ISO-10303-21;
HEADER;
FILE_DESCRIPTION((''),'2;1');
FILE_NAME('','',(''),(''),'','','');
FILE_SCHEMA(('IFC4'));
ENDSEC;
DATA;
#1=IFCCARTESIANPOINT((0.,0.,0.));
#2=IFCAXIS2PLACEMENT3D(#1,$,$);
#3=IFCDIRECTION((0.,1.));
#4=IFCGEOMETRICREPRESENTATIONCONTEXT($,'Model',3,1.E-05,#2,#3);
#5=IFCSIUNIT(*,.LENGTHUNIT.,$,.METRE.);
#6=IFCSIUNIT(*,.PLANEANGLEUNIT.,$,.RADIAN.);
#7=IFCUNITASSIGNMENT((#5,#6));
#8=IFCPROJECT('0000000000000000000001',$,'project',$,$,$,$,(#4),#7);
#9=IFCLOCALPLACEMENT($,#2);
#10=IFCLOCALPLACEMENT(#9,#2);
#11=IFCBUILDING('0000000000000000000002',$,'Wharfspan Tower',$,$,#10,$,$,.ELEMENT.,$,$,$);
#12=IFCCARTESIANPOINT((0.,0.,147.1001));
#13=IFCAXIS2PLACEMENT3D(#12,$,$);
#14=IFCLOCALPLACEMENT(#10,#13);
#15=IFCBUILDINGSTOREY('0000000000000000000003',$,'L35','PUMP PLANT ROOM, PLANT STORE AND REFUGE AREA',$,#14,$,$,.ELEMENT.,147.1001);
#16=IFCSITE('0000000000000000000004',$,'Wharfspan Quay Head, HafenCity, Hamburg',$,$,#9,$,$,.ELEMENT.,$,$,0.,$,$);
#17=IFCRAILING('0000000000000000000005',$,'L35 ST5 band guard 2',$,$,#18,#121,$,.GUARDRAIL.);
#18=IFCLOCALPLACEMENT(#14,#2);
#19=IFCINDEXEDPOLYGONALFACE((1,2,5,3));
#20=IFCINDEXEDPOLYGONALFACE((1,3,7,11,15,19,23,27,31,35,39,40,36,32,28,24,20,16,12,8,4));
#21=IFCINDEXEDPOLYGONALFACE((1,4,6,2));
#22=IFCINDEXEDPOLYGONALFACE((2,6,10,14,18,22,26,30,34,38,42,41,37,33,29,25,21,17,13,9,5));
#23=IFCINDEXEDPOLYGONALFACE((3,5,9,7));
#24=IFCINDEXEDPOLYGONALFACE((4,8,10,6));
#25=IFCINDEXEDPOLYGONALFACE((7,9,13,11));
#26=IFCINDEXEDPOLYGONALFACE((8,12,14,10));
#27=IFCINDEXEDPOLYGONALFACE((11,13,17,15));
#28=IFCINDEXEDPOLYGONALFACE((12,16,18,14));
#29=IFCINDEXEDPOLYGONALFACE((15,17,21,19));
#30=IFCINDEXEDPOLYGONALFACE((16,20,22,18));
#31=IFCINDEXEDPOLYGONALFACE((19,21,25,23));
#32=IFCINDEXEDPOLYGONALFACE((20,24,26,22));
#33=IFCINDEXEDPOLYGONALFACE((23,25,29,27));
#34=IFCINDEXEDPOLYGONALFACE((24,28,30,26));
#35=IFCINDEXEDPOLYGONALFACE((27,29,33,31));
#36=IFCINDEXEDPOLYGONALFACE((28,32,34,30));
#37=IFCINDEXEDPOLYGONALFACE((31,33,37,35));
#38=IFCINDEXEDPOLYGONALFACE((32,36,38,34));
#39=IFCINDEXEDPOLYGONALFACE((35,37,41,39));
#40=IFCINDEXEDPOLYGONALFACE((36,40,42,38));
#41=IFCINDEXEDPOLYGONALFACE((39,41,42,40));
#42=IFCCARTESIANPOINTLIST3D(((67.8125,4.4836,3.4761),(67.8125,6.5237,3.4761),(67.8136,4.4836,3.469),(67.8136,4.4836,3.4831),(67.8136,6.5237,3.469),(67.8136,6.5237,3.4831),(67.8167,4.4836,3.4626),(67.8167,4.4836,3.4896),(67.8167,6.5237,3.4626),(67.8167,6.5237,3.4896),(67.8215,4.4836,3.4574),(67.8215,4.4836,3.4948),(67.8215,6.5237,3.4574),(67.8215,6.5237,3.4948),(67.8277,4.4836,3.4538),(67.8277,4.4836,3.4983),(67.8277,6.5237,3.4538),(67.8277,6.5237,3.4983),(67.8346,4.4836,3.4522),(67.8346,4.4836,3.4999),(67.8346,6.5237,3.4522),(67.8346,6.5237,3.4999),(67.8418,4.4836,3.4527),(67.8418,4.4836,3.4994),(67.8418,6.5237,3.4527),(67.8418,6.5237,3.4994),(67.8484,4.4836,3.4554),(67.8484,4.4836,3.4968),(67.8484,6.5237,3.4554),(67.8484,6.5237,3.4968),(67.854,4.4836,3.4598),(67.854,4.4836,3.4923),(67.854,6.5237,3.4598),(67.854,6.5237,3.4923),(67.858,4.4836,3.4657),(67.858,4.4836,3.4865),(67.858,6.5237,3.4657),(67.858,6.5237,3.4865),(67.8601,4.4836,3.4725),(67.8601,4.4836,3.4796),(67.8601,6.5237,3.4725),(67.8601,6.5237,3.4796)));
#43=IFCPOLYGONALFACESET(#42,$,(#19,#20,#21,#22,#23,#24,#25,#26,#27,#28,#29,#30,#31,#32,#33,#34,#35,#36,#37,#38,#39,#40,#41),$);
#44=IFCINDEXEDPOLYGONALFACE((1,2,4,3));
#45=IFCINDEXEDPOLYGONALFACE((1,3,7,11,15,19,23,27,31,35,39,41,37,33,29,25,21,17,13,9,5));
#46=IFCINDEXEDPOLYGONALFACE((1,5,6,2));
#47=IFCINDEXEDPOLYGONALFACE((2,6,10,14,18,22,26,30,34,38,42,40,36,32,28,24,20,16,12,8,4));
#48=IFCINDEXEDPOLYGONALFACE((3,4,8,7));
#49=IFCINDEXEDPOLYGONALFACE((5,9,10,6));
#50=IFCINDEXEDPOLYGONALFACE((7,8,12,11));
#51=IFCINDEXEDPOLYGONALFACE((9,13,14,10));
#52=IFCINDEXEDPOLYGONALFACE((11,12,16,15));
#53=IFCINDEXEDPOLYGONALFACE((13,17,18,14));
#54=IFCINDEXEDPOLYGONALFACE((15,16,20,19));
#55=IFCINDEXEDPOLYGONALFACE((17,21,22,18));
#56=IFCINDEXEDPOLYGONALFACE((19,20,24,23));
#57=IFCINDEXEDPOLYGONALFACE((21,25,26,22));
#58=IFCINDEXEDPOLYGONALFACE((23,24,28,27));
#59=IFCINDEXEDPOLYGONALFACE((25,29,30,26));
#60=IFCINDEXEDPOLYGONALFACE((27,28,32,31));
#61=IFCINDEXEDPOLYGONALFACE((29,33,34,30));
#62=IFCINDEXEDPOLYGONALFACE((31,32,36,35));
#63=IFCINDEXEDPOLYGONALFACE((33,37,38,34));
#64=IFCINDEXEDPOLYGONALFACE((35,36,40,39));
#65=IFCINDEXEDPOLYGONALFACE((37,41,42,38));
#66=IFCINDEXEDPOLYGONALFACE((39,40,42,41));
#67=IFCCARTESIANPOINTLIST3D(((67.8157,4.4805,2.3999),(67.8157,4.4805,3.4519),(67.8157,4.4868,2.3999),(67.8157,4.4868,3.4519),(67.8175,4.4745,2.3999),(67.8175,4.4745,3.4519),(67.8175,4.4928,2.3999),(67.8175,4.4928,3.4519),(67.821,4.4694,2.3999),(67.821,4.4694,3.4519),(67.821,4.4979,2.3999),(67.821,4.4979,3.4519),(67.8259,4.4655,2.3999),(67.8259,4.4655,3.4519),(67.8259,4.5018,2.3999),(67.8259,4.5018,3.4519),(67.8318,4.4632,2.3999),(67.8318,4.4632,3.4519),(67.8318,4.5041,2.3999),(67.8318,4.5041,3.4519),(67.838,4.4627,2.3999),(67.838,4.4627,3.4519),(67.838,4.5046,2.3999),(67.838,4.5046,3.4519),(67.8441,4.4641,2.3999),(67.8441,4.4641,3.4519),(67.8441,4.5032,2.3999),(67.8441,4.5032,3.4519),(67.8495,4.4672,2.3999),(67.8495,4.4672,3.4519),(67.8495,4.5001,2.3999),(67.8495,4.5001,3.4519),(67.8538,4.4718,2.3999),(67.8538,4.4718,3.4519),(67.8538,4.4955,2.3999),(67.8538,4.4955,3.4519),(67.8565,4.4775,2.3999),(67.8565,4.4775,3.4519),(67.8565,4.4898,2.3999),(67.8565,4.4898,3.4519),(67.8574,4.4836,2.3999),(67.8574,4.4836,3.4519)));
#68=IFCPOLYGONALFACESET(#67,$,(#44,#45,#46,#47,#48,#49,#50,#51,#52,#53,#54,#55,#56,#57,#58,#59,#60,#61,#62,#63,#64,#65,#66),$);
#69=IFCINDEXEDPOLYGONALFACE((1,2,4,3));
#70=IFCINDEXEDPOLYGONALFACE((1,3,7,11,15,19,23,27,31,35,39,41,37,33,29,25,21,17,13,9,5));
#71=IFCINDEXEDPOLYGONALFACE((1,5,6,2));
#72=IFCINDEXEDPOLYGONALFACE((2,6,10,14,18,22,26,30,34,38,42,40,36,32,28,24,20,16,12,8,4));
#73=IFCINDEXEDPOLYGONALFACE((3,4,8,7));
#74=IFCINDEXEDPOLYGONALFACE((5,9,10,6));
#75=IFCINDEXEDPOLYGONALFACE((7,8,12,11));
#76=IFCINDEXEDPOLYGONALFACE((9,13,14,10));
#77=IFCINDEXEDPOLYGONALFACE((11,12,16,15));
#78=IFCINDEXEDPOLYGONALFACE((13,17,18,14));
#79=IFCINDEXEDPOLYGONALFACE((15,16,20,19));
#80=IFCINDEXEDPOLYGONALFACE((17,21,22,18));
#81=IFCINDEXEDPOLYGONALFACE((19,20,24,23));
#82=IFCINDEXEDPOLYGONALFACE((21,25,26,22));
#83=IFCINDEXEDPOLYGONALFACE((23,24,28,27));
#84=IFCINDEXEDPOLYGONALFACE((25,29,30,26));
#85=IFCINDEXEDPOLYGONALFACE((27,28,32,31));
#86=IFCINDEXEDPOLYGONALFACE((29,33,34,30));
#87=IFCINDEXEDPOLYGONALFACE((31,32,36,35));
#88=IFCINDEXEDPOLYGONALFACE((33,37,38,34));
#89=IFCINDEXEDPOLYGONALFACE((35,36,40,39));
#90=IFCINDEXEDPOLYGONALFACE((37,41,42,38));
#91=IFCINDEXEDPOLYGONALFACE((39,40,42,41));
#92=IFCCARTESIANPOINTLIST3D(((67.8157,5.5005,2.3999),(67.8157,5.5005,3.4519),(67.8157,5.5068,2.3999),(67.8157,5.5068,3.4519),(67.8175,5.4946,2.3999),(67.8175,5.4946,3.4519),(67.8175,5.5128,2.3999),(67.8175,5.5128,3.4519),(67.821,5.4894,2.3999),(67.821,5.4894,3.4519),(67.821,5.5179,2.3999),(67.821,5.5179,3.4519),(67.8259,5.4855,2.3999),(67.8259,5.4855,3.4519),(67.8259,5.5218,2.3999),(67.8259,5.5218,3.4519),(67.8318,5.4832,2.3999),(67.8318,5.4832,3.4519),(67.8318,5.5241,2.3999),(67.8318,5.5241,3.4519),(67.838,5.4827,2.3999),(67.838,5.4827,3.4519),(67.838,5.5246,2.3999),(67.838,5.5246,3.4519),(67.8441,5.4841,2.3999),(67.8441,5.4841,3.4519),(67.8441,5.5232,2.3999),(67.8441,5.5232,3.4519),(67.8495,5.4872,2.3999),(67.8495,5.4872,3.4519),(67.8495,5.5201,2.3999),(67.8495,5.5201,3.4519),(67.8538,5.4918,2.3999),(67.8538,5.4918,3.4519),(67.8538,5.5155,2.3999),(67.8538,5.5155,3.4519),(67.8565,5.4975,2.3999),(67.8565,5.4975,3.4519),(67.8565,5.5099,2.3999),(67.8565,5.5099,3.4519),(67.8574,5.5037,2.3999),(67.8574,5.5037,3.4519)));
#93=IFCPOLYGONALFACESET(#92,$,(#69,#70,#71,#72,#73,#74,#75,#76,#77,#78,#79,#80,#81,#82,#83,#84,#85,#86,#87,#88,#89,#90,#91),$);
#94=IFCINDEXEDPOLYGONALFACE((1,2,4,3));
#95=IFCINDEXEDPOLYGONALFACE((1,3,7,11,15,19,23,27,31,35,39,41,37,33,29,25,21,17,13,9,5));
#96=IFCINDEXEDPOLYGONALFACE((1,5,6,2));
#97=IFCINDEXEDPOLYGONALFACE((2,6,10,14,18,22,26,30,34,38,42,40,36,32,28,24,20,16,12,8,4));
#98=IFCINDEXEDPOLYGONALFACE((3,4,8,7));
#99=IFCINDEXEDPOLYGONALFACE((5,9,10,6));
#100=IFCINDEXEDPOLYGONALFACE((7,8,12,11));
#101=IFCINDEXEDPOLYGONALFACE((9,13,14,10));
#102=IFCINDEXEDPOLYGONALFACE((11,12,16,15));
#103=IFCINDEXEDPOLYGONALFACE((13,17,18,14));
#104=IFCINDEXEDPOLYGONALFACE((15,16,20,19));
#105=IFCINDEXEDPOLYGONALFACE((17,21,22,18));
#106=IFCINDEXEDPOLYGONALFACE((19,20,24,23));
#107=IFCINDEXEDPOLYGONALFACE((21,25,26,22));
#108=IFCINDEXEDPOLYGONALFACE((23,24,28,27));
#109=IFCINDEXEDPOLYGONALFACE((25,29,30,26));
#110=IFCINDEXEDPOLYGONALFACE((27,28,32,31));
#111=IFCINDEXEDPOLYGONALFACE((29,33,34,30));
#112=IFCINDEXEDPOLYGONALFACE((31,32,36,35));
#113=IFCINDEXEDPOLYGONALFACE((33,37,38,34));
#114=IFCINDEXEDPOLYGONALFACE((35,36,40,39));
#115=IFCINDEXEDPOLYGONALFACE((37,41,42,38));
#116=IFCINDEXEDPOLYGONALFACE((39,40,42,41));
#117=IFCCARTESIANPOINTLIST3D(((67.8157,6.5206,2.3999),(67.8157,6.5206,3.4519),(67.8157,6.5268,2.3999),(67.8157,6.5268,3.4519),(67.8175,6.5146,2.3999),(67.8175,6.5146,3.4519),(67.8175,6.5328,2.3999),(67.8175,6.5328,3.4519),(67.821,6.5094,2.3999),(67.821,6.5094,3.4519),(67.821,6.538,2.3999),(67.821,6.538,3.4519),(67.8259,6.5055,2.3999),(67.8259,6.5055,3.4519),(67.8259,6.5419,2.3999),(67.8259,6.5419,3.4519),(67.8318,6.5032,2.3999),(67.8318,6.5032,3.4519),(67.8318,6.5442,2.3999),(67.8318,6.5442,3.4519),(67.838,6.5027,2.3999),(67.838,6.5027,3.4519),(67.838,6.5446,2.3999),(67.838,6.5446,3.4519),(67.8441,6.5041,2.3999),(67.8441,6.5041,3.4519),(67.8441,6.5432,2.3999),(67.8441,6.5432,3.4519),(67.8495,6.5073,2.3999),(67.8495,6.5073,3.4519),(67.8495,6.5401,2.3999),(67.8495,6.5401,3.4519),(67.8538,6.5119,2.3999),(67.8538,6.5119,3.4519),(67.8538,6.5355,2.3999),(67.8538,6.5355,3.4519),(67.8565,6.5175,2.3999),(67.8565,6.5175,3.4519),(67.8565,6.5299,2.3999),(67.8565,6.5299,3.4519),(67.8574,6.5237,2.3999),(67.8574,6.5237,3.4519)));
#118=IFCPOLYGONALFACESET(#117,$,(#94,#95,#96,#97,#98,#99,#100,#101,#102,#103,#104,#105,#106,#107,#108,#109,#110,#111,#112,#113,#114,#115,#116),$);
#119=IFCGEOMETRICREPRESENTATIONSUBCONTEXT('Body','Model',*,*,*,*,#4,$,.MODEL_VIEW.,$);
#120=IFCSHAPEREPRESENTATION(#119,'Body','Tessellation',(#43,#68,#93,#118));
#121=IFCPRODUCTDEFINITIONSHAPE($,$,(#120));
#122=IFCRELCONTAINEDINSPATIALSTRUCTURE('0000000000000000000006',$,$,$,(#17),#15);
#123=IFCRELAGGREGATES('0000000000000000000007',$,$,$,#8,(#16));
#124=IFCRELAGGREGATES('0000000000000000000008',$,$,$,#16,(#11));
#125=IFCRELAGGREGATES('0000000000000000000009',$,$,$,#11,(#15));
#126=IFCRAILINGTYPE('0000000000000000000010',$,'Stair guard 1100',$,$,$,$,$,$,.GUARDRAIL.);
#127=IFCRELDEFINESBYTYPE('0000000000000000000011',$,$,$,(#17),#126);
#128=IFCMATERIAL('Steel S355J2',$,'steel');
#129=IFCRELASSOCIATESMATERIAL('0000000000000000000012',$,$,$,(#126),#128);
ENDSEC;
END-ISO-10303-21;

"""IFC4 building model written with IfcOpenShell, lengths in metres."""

from ifc_helpers import new_model, si_unit, direction, frame, origin, origin_2d, place, context, subcontext, project, spatial, circle, extrude, material, type_object, element, save


model = new_model("IFC4")

# Units and contexts
model_context = context("Model", 3, precision=1e-05, world=origin(), true_north=direction((0.0, 1.0)))
body_context = subcontext(model_context, "Body", "Model", "MODEL_VIEW")
ifc_project = project(units=[si_unit("LENGTHUNIT", "METRE"), si_unit("PLANEANGLEUNIT", "RADIAN")], contexts=[model_context])

# Site, building, storey
site_placement = place(None, origin())
site = spatial("IfcSite", under=ifc_project, at=site_placement, Name="Wharfspan Quay Head, HafenCity, Hamburg", CompositionType="ELEMENT", RefElevation=0.0)
building_placement = place(site_placement, origin())
building = spatial("IfcBuilding", under=site, at=building_placement, Name="Wharfspan Tower", CompositionType="ELEMENT")
storey_placement = place(building_placement, frame((0.0, 0.0, 147.1001)))
storey = spatial("IfcBuildingStorey", under=building, at=storey_placement, Name="L35", Description="PUMP PLANT ROOM, PLANT STORE AND REFUGE AREA", CompositionType="ELEMENT", Elevation=147.1001)

# Shared definitions
ifc_material_1 = material(Name="Steel S355J2", Category="steel")

# Railing
railing_type_1 = type_object("IfcRailingType", Name="Stair guard 1100", PredefinedType="GUARDRAIL", material=ifc_material_1)
railing_1_placement = place(storey_placement, frame((67.8364, 4.4836, 2.3999)))
element("IfcRailing", 1, at=railing_1_placement, inside=storey, type_object=railing_type_1, Name="L35 ST5 band guard 2", PredefinedType="GUARDRAIL", context=body_context, shape_type="SweptSolid", body=[
    extrude(circle(Radius=0.0239, at=origin_2d()), frame((0.0, 0.0, 1.0762), z_axis=(0.0, 1.0, 0.0), x_axis=(-1.0, 0.0, 0.0)), (0.0, 0.0, 1.0), 2.04),
    extrude(circle(Radius=0.021, at=origin_2d()), origin(), (0.0, 0.0, 1.0), 1.052),
    extrude(circle(Radius=0.021, at=origin_2d()), frame((0.0, 1.02, 0.0)), (0.0, 0.0, 1.0), 1.052),
    extrude(circle(Radius=0.021, at=origin_2d()), frame((0.0, 2.04, 0.0)), (0.0, 0.0, 1.0), 1.052),
])

save(model, "model.ifc")
